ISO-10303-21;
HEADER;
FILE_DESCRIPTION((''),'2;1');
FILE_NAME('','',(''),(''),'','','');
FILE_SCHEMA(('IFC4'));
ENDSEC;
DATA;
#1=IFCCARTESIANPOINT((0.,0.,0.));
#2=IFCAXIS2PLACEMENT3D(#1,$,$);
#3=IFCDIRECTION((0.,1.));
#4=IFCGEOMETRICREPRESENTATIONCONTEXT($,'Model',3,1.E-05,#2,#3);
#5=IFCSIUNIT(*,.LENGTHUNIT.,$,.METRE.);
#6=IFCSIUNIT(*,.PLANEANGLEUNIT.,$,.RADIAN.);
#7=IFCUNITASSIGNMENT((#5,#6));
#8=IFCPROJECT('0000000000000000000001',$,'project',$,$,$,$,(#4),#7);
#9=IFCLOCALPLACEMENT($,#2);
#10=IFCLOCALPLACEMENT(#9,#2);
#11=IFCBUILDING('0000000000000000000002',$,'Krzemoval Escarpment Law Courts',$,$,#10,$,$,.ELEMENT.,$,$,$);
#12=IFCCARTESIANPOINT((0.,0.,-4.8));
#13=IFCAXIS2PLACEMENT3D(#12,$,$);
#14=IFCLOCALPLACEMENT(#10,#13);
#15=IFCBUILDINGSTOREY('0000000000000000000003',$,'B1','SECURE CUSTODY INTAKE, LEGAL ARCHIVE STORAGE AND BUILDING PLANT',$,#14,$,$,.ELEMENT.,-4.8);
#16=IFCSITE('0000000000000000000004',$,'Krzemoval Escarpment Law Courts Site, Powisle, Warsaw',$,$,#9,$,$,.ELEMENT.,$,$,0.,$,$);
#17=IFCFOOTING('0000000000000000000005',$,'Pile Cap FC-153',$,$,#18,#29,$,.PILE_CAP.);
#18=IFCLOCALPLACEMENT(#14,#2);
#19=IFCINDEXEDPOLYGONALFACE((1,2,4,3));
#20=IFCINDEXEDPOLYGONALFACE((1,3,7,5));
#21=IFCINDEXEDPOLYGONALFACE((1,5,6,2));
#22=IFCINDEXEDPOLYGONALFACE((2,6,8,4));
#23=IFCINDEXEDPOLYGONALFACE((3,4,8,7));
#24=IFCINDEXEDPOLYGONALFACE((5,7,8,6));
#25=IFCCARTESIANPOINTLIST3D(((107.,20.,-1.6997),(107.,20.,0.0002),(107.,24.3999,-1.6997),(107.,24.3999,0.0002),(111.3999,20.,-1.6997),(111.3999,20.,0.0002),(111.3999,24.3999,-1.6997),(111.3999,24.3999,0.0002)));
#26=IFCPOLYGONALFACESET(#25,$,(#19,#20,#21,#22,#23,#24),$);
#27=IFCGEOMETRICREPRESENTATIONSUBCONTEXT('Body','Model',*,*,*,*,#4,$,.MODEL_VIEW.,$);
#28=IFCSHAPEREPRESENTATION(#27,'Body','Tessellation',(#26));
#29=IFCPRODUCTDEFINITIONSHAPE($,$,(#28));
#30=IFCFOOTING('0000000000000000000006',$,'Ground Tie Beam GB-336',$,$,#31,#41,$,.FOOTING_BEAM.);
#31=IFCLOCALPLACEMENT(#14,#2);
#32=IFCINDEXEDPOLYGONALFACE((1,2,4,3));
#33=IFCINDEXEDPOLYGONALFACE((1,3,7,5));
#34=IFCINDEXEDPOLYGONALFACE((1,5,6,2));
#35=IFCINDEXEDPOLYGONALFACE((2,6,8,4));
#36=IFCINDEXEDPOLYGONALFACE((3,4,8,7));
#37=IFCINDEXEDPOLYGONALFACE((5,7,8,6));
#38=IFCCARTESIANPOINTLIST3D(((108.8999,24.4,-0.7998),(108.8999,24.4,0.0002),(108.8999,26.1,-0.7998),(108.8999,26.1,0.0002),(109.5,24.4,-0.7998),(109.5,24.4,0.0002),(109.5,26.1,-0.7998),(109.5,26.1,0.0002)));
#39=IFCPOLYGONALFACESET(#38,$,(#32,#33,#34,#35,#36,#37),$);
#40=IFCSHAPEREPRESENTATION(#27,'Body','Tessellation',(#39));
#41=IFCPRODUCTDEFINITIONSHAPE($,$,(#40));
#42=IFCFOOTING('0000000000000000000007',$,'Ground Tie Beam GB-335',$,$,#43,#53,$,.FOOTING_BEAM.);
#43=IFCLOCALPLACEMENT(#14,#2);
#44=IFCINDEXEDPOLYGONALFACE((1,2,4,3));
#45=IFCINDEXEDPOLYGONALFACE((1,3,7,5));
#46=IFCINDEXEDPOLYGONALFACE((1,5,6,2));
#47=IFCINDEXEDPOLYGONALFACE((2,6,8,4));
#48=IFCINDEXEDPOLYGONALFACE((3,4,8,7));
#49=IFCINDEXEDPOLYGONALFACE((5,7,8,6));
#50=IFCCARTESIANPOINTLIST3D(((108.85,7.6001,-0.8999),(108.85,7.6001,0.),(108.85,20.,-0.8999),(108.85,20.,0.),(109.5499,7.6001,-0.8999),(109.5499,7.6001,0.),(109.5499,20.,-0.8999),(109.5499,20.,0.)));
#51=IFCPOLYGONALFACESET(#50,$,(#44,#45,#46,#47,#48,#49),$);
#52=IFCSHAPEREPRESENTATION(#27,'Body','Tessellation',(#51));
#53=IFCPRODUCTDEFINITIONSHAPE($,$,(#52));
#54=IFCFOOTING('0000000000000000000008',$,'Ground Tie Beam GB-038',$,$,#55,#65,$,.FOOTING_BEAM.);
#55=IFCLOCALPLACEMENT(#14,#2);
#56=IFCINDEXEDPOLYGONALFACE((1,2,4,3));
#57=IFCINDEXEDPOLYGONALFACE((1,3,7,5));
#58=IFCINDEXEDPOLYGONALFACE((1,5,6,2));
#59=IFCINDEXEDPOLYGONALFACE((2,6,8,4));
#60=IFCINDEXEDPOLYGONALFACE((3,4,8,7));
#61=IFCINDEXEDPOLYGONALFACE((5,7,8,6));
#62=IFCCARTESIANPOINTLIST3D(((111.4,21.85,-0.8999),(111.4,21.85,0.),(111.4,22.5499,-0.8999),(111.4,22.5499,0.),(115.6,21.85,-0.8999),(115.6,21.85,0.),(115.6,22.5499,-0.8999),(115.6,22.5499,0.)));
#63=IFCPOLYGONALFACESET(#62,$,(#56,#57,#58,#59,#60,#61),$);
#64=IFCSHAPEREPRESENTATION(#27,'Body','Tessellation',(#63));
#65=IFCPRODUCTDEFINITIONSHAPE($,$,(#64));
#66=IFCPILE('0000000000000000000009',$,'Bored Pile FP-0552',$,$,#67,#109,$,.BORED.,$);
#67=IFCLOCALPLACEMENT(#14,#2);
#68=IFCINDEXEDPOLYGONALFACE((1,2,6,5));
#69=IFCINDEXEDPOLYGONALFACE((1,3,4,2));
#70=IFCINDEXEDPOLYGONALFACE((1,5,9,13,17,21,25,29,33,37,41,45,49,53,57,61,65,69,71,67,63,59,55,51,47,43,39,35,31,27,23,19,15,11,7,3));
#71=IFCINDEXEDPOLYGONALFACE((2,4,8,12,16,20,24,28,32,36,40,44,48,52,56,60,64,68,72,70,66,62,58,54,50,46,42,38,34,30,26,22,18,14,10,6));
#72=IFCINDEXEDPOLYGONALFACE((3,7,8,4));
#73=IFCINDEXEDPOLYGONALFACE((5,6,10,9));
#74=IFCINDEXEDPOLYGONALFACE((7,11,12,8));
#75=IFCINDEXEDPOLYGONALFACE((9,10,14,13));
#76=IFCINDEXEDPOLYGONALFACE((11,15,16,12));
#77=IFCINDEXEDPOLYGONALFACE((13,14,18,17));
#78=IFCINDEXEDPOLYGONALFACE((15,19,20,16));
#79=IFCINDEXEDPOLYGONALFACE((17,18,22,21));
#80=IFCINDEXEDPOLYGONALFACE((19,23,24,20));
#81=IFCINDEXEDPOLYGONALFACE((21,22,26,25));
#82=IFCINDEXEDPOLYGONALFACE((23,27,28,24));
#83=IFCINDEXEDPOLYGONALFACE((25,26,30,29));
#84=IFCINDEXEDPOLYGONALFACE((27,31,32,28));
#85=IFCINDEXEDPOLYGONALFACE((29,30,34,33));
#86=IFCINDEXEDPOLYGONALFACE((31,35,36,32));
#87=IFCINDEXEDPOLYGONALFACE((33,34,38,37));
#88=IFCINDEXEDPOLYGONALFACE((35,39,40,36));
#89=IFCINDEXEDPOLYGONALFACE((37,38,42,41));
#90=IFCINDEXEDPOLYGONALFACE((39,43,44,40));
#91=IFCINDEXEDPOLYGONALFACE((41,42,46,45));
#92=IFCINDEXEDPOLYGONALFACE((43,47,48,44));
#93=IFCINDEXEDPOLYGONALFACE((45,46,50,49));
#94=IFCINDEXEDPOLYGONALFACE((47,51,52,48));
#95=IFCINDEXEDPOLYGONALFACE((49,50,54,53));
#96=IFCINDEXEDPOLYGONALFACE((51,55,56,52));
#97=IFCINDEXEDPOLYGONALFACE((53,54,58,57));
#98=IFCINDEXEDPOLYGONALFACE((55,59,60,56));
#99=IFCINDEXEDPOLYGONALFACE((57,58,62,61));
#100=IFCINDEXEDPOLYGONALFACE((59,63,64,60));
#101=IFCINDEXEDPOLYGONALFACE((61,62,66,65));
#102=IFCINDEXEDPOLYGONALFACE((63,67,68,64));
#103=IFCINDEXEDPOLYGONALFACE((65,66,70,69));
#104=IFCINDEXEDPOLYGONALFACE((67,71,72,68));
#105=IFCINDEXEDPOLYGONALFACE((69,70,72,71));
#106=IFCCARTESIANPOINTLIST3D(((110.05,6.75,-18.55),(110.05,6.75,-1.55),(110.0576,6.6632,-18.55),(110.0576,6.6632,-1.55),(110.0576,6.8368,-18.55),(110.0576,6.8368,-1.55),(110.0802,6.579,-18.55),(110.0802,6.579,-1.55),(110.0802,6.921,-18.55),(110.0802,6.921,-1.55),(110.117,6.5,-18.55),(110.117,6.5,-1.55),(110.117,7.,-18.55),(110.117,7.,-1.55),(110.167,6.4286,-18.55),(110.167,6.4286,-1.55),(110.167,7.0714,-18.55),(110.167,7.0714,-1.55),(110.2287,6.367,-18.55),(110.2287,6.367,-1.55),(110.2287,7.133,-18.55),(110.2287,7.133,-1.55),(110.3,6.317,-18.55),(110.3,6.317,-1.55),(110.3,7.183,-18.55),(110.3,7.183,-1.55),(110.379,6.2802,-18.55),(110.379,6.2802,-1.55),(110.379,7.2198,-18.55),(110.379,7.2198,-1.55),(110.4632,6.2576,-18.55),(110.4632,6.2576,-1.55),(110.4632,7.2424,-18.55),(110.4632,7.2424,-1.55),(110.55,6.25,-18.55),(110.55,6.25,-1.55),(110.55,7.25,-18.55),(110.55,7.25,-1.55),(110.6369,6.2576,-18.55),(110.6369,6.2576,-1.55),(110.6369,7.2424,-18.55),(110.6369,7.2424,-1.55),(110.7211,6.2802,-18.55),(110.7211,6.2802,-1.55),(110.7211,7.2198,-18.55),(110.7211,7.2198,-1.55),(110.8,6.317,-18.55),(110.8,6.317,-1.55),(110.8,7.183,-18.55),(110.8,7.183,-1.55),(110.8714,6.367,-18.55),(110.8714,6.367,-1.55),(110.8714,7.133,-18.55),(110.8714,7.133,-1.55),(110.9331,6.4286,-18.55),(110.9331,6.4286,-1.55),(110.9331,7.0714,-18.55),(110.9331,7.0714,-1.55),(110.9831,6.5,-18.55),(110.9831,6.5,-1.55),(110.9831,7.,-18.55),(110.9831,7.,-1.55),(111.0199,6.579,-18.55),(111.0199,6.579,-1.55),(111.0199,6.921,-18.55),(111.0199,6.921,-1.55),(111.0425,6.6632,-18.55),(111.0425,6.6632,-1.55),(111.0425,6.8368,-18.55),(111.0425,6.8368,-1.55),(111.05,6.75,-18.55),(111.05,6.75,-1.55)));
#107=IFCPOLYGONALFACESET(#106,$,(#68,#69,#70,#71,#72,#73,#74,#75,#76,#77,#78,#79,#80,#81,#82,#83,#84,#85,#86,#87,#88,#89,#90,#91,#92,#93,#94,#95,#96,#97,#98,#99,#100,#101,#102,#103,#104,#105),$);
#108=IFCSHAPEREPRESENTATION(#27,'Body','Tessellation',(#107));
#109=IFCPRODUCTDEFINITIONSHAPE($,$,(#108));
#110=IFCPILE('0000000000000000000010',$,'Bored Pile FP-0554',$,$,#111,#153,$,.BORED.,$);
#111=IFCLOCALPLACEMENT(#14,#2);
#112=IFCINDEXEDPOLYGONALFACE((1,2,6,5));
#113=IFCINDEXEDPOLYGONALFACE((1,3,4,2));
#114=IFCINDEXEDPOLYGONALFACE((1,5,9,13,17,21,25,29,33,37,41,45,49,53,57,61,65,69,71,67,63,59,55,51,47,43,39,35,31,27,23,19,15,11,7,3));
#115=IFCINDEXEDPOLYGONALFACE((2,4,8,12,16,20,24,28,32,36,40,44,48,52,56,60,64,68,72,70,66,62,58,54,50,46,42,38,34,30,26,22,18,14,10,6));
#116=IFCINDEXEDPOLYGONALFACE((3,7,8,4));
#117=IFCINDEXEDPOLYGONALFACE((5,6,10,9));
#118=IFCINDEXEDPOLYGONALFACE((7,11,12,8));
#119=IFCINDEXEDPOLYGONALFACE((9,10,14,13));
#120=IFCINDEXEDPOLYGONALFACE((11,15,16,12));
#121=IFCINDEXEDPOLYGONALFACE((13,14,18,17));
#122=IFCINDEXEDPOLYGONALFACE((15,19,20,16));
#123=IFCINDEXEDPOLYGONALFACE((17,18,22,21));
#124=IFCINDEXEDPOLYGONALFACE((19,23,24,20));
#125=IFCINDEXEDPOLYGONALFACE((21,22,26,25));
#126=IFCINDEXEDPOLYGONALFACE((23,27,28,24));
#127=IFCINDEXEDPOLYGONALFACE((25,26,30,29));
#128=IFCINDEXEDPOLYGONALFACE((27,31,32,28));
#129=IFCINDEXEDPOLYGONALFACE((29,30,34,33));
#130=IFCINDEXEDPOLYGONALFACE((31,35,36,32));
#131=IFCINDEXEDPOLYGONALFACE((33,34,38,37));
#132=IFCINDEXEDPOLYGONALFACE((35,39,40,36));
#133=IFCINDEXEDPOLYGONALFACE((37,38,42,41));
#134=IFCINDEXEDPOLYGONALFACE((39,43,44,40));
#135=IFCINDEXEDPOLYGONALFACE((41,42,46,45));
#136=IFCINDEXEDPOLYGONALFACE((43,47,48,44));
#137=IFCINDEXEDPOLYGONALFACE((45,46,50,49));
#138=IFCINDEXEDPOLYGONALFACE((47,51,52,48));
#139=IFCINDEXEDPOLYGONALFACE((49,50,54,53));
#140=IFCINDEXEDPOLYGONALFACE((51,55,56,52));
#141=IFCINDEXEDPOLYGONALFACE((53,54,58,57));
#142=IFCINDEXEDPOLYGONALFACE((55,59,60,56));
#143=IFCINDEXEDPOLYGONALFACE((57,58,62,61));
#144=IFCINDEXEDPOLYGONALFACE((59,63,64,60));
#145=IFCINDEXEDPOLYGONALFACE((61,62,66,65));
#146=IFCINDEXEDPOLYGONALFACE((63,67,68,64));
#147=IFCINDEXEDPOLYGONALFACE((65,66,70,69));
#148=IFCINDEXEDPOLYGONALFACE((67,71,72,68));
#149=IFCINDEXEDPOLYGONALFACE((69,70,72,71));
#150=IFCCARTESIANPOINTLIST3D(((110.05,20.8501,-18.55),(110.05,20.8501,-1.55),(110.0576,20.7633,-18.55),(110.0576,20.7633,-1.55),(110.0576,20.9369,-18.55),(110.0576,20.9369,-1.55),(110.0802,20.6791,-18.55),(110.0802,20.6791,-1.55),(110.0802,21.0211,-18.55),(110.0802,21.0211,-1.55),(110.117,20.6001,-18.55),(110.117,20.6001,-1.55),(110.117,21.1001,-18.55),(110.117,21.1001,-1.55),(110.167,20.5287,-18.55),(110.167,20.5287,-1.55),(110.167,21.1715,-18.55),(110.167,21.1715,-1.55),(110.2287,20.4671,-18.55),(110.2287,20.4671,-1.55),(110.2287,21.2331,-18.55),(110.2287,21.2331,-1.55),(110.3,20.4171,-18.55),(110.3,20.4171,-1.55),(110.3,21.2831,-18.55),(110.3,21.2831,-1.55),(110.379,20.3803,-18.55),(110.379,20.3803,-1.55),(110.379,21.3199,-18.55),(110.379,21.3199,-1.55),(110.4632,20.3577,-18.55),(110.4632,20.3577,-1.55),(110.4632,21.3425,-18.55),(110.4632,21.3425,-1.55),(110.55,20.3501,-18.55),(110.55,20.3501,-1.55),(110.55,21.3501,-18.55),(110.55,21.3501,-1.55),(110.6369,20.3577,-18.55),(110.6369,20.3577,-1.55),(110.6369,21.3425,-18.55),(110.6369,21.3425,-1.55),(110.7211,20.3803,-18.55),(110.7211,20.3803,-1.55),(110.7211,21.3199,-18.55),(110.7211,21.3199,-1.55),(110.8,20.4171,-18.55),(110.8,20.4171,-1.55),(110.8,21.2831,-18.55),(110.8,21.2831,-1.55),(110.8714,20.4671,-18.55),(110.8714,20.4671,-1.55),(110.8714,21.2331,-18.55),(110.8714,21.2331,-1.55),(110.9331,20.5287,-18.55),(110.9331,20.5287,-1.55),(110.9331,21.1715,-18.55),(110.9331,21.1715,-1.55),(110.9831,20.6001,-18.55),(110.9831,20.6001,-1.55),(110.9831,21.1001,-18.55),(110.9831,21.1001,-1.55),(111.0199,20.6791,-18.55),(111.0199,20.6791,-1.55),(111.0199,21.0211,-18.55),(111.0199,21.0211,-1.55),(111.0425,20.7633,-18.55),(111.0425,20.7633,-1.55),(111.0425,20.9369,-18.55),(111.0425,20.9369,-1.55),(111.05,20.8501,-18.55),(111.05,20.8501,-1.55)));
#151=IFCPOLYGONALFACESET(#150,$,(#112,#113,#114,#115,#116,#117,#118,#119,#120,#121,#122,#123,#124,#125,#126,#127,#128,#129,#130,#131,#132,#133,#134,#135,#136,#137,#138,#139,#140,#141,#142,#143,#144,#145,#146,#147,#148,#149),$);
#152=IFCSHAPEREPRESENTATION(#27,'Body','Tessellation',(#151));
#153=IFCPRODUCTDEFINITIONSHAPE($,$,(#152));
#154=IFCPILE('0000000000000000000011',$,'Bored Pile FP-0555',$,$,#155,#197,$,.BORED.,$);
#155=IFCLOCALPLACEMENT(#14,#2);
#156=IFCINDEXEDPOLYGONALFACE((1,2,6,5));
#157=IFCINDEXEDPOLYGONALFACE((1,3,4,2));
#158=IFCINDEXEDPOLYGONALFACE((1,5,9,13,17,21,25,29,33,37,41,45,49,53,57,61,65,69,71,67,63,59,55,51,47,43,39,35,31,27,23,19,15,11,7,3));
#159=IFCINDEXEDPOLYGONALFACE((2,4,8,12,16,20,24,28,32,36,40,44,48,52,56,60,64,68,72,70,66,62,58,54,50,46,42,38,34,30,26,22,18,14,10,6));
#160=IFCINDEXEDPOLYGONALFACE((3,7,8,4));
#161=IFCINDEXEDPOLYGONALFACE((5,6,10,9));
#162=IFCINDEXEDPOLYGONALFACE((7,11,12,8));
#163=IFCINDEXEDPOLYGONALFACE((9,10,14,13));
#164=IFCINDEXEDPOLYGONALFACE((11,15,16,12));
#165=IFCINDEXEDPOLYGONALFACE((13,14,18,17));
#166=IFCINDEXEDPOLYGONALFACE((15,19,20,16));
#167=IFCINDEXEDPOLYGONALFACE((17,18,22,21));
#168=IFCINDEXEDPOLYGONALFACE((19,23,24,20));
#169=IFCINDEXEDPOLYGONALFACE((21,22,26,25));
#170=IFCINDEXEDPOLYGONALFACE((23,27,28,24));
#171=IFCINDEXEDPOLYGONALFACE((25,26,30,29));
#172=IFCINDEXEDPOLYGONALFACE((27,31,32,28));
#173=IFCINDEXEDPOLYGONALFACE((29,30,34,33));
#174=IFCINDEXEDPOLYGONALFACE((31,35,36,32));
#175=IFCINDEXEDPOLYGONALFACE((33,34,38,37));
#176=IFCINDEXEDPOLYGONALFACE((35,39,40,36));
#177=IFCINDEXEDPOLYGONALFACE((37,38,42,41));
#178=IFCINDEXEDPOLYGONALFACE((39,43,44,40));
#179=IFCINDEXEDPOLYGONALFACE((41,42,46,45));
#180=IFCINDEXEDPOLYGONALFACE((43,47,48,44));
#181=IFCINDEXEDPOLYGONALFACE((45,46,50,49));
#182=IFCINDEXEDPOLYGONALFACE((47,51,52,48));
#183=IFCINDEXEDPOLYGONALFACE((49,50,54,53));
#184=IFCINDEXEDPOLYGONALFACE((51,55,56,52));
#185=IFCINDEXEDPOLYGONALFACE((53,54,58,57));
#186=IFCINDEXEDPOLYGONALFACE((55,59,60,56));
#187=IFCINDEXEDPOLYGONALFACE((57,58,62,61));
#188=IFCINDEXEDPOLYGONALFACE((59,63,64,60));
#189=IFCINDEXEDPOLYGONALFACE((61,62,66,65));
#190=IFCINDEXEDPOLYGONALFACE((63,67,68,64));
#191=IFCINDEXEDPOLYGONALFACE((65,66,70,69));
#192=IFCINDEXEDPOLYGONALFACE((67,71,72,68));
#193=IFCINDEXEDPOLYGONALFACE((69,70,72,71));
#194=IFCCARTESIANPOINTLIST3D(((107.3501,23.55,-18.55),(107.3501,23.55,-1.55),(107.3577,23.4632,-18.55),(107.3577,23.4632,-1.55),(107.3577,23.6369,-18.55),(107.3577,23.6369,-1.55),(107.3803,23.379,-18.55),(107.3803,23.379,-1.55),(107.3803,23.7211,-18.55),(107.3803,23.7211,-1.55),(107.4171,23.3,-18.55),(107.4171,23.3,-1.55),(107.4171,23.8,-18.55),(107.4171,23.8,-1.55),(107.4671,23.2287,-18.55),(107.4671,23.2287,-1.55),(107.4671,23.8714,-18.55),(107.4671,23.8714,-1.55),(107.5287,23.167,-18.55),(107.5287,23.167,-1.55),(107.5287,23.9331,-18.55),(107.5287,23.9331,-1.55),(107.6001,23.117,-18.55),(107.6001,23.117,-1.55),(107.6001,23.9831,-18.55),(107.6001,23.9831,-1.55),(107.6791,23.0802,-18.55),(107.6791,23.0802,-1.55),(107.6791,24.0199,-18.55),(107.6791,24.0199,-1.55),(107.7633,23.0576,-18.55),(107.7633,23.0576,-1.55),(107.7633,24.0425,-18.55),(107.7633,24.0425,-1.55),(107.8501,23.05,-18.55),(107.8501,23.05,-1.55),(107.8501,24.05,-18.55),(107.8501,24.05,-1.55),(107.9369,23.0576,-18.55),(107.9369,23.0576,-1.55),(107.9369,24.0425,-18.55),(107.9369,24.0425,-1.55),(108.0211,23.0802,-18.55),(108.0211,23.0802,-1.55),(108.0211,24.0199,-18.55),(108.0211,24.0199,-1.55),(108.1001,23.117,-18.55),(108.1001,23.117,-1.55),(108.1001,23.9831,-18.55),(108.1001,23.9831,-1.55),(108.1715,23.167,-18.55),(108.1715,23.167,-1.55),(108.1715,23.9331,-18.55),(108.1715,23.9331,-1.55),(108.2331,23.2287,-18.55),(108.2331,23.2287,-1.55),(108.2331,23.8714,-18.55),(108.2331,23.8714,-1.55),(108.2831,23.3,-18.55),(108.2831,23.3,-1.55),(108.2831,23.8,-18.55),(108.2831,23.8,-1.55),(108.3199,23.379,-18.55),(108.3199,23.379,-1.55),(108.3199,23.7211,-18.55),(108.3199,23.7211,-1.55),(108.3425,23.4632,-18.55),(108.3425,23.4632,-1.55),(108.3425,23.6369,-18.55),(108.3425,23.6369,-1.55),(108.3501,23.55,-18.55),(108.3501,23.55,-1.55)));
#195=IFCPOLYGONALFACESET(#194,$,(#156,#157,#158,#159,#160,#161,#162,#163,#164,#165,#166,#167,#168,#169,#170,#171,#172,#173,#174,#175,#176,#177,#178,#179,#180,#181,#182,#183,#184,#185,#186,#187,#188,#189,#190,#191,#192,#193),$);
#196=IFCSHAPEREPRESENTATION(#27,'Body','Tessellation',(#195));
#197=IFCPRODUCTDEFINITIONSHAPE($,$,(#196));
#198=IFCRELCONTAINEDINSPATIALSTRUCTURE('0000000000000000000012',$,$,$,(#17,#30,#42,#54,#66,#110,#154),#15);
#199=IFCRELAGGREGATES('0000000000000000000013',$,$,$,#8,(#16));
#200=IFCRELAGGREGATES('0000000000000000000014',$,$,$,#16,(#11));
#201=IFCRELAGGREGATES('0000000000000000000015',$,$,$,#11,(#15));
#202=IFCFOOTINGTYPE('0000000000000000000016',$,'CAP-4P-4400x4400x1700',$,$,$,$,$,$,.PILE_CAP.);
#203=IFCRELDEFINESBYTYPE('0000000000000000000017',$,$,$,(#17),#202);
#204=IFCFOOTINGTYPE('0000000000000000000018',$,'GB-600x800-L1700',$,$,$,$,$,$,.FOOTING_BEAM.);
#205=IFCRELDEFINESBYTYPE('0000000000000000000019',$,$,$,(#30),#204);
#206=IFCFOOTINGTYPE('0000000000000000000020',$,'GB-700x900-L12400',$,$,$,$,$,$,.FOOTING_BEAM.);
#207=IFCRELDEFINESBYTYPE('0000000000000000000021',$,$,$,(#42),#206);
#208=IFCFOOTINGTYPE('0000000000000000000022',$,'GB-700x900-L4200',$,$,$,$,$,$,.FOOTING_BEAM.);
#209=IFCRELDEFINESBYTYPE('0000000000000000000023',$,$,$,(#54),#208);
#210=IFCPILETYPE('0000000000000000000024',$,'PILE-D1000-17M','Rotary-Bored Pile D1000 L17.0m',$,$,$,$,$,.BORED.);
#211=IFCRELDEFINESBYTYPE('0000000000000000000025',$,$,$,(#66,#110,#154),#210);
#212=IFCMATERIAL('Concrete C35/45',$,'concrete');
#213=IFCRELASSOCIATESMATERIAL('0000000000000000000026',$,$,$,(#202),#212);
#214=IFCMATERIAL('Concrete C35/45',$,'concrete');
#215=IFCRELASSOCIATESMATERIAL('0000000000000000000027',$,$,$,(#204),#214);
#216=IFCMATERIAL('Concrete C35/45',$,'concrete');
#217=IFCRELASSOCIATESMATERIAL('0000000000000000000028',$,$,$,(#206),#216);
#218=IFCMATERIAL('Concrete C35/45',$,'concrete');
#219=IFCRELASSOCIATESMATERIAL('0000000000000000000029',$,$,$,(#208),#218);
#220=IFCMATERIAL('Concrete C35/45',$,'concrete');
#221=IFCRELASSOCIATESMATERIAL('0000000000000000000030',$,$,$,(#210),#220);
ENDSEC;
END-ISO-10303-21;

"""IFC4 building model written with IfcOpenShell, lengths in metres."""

from ifc_helpers import new_model, si_unit, direction, frame, origin, origin_2d, place, context, subcontext, project, spatial, rectangle, circle, extrude, material, material_profile, profile_set, type_object, element, save


model = new_model("IFC4")

# Units and contexts
model_context = context("Model", 3, precision=1e-05, world=origin(), true_north=direction((0.0, 1.0)))
body_context = subcontext(model_context, "Body", "Model", "MODEL_VIEW")
ifc_project = project(units=[si_unit("LENGTHUNIT", "METRE"), si_unit("PLANEANGLEUNIT", "RADIAN")], contexts=[model_context])

# Site, building, storey
site_placement = place(None, origin())
site = spatial("IfcSite", under=ifc_project, at=site_placement, Name="Krzemoval Escarpment Law Courts Site, Powisle, Warsaw", CompositionType="ELEMENT", RefElevation=0.0)
building_placement = place(site_placement, origin())
building = spatial("IfcBuilding", under=site, at=building_placement, Name="Krzemoval Escarpment Law Courts", CompositionType="ELEMENT")
storey_placement = place(building_placement, frame((0.0, 0.0, -4.8)))
storey = spatial("IfcBuildingStorey", under=building, at=storey_placement, Name="B1", Description="SECURE CUSTODY INTAKE, LEGAL ARCHIVE STORAGE AND BUILDING PLANT", CompositionType="ELEMENT", Elevation=-4.8)

# Footings
ifc_material_1 = material(Name="Concrete C35/45", Category="concrete")
footing_type_1 = type_object("IfcFootingType", Name="CAP-4P-4400x4400x1700", PredefinedType="PILE_CAP", material=ifc_material_1)
footing_1_placement = place(storey_placement, frame((109.2, 22.2, -1.6997), z_axis=(0.0, 0.0, 1.0), x_axis=(1.0, 0.0, 0.0)))
element("IfcFooting", 1, at=footing_1_placement, inside=storey, type_object=footing_type_1, Name="Pile Cap FC-153", PredefinedType="PILE_CAP", context=body_context, shape_type="SweptSolid", body=[
    extrude(rectangle(XDim=4.3999, YDim=4.3999, at=origin_2d()), origin(), (0.0, 0.0, 1.0), 1.7),
])
ifc_material_2 = material(Name="Concrete C35/45", Category="concrete")
footing_type_2 = type_object("IfcFootingType", Name="GB-600x800-L1700", PredefinedType="FOOTING_BEAM", material=ifc_material_2)
footing_2_placement = place(storey_placement, frame((109.2, 25.25, -0.7998), z_axis=(0.0, 0.0, 1.0), x_axis=(0.0, 1.0, 0.0)))
element("IfcFooting", 2, at=footing_2_placement, inside=storey, type_object=footing_type_2, Name="Ground Tie Beam GB-336", PredefinedType="FOOTING_BEAM", context=body_context, shape_type="SweptSolid", body=[
    extrude(rectangle(XDim=1.7, YDim=0.6001, at=origin_2d()), origin(), (0.0, 0.0, 1.0), 0.8),
])
ifc_material_3 = material(Name="Concrete C35/45", Category="concrete")
footing_type_3 = type_object("IfcFootingType", Name="GB-700x900-L12400", PredefinedType="FOOTING_BEAM", material=ifc_material_3)
footing_3_placement = place(storey_placement, frame((109.2, 13.8, -0.8999), z_axis=(0.0, 0.0, 1.0), x_axis=(0.0, 1.0, 0.0)))
element("IfcFooting", 3, at=footing_3_placement, inside=storey, type_object=footing_type_3, Name="Ground Tie Beam GB-335", PredefinedType="FOOTING_BEAM", context=body_context, shape_type="SweptSolid", body=[
    extrude(rectangle(XDim=12.3999, YDim=0.7, at=origin_2d()), origin(), (0.0, 0.0, 1.0), 0.8999),
])
ifc_material_4 = material(Name="Concrete C35/45", Category="concrete")
footing_type_4 = type_object("IfcFootingType", Name="GB-700x900-L4200", PredefinedType="FOOTING_BEAM", material=ifc_material_4)
footing_4_placement = place(storey_placement, frame((113.5, 22.2, -0.8999), z_axis=(0.0, 0.0, 1.0), x_axis=(1.0, 0.0, 0.0)))
element("IfcFooting", 4, at=footing_4_placement, inside=storey, type_object=footing_type_4, Name="Ground Tie Beam GB-038", PredefinedType="FOOTING_BEAM", context=body_context, shape_type="SweptSolid", body=[
    extrude(rectangle(XDim=4.2, YDim=0.7, at=origin_2d()), origin(), (0.0, 0.0, 1.0), 0.8999),
])

# Piles
ifc_material_5 = material(Name="Concrete C35/45", Category="concrete")
ifc_material_profile_1 = material_profile(ifc_material_5, circle(Radius=0.5, at=origin_2d()), Name="PILE D1000")
ifc_profile_set_1 = profile_set([ifc_material_profile_1], Name="Concrete C35/45")
pile_type = type_object("IfcPileType", Name="PILE-D1000-17M", Description="Rotary-Bored Pile D1000 L17.0m", PredefinedType="BORED", material=ifc_profile_set_1)
for number, where, z_axis, x_axis, name in (
    (5, (110.55, 6.75, -1.55), (0.0, 0.0, -1.0), (1.0, 0.0, 0.0), "Bored Pile FP-0552"),
    (6, (110.55, 20.8501, -1.55), (0.0, 0.0, -1.0), (1.0, 0.0, 0.0), "Bored Pile FP-0554"),
    (7, (107.8501, 23.55, -1.55), (0.0, 0.0, -1.0), (1.0, 0.0, 0.0), "Bored Pile FP-0555"),
):
    element("IfcPile", number, at=place(storey_placement, frame(where, z_axis=z_axis, x_axis=x_axis)), inside=storey, type_object=pile_type, Name=name, PredefinedType="BORED", context=body_context, shape_type="SweptSolid", body=[
        extrude(circle(Radius=0.5, at=origin_2d()), origin(), (0.0, 0.0, 1.0), 17.0),
    ])

save(model, "model.ifc")
